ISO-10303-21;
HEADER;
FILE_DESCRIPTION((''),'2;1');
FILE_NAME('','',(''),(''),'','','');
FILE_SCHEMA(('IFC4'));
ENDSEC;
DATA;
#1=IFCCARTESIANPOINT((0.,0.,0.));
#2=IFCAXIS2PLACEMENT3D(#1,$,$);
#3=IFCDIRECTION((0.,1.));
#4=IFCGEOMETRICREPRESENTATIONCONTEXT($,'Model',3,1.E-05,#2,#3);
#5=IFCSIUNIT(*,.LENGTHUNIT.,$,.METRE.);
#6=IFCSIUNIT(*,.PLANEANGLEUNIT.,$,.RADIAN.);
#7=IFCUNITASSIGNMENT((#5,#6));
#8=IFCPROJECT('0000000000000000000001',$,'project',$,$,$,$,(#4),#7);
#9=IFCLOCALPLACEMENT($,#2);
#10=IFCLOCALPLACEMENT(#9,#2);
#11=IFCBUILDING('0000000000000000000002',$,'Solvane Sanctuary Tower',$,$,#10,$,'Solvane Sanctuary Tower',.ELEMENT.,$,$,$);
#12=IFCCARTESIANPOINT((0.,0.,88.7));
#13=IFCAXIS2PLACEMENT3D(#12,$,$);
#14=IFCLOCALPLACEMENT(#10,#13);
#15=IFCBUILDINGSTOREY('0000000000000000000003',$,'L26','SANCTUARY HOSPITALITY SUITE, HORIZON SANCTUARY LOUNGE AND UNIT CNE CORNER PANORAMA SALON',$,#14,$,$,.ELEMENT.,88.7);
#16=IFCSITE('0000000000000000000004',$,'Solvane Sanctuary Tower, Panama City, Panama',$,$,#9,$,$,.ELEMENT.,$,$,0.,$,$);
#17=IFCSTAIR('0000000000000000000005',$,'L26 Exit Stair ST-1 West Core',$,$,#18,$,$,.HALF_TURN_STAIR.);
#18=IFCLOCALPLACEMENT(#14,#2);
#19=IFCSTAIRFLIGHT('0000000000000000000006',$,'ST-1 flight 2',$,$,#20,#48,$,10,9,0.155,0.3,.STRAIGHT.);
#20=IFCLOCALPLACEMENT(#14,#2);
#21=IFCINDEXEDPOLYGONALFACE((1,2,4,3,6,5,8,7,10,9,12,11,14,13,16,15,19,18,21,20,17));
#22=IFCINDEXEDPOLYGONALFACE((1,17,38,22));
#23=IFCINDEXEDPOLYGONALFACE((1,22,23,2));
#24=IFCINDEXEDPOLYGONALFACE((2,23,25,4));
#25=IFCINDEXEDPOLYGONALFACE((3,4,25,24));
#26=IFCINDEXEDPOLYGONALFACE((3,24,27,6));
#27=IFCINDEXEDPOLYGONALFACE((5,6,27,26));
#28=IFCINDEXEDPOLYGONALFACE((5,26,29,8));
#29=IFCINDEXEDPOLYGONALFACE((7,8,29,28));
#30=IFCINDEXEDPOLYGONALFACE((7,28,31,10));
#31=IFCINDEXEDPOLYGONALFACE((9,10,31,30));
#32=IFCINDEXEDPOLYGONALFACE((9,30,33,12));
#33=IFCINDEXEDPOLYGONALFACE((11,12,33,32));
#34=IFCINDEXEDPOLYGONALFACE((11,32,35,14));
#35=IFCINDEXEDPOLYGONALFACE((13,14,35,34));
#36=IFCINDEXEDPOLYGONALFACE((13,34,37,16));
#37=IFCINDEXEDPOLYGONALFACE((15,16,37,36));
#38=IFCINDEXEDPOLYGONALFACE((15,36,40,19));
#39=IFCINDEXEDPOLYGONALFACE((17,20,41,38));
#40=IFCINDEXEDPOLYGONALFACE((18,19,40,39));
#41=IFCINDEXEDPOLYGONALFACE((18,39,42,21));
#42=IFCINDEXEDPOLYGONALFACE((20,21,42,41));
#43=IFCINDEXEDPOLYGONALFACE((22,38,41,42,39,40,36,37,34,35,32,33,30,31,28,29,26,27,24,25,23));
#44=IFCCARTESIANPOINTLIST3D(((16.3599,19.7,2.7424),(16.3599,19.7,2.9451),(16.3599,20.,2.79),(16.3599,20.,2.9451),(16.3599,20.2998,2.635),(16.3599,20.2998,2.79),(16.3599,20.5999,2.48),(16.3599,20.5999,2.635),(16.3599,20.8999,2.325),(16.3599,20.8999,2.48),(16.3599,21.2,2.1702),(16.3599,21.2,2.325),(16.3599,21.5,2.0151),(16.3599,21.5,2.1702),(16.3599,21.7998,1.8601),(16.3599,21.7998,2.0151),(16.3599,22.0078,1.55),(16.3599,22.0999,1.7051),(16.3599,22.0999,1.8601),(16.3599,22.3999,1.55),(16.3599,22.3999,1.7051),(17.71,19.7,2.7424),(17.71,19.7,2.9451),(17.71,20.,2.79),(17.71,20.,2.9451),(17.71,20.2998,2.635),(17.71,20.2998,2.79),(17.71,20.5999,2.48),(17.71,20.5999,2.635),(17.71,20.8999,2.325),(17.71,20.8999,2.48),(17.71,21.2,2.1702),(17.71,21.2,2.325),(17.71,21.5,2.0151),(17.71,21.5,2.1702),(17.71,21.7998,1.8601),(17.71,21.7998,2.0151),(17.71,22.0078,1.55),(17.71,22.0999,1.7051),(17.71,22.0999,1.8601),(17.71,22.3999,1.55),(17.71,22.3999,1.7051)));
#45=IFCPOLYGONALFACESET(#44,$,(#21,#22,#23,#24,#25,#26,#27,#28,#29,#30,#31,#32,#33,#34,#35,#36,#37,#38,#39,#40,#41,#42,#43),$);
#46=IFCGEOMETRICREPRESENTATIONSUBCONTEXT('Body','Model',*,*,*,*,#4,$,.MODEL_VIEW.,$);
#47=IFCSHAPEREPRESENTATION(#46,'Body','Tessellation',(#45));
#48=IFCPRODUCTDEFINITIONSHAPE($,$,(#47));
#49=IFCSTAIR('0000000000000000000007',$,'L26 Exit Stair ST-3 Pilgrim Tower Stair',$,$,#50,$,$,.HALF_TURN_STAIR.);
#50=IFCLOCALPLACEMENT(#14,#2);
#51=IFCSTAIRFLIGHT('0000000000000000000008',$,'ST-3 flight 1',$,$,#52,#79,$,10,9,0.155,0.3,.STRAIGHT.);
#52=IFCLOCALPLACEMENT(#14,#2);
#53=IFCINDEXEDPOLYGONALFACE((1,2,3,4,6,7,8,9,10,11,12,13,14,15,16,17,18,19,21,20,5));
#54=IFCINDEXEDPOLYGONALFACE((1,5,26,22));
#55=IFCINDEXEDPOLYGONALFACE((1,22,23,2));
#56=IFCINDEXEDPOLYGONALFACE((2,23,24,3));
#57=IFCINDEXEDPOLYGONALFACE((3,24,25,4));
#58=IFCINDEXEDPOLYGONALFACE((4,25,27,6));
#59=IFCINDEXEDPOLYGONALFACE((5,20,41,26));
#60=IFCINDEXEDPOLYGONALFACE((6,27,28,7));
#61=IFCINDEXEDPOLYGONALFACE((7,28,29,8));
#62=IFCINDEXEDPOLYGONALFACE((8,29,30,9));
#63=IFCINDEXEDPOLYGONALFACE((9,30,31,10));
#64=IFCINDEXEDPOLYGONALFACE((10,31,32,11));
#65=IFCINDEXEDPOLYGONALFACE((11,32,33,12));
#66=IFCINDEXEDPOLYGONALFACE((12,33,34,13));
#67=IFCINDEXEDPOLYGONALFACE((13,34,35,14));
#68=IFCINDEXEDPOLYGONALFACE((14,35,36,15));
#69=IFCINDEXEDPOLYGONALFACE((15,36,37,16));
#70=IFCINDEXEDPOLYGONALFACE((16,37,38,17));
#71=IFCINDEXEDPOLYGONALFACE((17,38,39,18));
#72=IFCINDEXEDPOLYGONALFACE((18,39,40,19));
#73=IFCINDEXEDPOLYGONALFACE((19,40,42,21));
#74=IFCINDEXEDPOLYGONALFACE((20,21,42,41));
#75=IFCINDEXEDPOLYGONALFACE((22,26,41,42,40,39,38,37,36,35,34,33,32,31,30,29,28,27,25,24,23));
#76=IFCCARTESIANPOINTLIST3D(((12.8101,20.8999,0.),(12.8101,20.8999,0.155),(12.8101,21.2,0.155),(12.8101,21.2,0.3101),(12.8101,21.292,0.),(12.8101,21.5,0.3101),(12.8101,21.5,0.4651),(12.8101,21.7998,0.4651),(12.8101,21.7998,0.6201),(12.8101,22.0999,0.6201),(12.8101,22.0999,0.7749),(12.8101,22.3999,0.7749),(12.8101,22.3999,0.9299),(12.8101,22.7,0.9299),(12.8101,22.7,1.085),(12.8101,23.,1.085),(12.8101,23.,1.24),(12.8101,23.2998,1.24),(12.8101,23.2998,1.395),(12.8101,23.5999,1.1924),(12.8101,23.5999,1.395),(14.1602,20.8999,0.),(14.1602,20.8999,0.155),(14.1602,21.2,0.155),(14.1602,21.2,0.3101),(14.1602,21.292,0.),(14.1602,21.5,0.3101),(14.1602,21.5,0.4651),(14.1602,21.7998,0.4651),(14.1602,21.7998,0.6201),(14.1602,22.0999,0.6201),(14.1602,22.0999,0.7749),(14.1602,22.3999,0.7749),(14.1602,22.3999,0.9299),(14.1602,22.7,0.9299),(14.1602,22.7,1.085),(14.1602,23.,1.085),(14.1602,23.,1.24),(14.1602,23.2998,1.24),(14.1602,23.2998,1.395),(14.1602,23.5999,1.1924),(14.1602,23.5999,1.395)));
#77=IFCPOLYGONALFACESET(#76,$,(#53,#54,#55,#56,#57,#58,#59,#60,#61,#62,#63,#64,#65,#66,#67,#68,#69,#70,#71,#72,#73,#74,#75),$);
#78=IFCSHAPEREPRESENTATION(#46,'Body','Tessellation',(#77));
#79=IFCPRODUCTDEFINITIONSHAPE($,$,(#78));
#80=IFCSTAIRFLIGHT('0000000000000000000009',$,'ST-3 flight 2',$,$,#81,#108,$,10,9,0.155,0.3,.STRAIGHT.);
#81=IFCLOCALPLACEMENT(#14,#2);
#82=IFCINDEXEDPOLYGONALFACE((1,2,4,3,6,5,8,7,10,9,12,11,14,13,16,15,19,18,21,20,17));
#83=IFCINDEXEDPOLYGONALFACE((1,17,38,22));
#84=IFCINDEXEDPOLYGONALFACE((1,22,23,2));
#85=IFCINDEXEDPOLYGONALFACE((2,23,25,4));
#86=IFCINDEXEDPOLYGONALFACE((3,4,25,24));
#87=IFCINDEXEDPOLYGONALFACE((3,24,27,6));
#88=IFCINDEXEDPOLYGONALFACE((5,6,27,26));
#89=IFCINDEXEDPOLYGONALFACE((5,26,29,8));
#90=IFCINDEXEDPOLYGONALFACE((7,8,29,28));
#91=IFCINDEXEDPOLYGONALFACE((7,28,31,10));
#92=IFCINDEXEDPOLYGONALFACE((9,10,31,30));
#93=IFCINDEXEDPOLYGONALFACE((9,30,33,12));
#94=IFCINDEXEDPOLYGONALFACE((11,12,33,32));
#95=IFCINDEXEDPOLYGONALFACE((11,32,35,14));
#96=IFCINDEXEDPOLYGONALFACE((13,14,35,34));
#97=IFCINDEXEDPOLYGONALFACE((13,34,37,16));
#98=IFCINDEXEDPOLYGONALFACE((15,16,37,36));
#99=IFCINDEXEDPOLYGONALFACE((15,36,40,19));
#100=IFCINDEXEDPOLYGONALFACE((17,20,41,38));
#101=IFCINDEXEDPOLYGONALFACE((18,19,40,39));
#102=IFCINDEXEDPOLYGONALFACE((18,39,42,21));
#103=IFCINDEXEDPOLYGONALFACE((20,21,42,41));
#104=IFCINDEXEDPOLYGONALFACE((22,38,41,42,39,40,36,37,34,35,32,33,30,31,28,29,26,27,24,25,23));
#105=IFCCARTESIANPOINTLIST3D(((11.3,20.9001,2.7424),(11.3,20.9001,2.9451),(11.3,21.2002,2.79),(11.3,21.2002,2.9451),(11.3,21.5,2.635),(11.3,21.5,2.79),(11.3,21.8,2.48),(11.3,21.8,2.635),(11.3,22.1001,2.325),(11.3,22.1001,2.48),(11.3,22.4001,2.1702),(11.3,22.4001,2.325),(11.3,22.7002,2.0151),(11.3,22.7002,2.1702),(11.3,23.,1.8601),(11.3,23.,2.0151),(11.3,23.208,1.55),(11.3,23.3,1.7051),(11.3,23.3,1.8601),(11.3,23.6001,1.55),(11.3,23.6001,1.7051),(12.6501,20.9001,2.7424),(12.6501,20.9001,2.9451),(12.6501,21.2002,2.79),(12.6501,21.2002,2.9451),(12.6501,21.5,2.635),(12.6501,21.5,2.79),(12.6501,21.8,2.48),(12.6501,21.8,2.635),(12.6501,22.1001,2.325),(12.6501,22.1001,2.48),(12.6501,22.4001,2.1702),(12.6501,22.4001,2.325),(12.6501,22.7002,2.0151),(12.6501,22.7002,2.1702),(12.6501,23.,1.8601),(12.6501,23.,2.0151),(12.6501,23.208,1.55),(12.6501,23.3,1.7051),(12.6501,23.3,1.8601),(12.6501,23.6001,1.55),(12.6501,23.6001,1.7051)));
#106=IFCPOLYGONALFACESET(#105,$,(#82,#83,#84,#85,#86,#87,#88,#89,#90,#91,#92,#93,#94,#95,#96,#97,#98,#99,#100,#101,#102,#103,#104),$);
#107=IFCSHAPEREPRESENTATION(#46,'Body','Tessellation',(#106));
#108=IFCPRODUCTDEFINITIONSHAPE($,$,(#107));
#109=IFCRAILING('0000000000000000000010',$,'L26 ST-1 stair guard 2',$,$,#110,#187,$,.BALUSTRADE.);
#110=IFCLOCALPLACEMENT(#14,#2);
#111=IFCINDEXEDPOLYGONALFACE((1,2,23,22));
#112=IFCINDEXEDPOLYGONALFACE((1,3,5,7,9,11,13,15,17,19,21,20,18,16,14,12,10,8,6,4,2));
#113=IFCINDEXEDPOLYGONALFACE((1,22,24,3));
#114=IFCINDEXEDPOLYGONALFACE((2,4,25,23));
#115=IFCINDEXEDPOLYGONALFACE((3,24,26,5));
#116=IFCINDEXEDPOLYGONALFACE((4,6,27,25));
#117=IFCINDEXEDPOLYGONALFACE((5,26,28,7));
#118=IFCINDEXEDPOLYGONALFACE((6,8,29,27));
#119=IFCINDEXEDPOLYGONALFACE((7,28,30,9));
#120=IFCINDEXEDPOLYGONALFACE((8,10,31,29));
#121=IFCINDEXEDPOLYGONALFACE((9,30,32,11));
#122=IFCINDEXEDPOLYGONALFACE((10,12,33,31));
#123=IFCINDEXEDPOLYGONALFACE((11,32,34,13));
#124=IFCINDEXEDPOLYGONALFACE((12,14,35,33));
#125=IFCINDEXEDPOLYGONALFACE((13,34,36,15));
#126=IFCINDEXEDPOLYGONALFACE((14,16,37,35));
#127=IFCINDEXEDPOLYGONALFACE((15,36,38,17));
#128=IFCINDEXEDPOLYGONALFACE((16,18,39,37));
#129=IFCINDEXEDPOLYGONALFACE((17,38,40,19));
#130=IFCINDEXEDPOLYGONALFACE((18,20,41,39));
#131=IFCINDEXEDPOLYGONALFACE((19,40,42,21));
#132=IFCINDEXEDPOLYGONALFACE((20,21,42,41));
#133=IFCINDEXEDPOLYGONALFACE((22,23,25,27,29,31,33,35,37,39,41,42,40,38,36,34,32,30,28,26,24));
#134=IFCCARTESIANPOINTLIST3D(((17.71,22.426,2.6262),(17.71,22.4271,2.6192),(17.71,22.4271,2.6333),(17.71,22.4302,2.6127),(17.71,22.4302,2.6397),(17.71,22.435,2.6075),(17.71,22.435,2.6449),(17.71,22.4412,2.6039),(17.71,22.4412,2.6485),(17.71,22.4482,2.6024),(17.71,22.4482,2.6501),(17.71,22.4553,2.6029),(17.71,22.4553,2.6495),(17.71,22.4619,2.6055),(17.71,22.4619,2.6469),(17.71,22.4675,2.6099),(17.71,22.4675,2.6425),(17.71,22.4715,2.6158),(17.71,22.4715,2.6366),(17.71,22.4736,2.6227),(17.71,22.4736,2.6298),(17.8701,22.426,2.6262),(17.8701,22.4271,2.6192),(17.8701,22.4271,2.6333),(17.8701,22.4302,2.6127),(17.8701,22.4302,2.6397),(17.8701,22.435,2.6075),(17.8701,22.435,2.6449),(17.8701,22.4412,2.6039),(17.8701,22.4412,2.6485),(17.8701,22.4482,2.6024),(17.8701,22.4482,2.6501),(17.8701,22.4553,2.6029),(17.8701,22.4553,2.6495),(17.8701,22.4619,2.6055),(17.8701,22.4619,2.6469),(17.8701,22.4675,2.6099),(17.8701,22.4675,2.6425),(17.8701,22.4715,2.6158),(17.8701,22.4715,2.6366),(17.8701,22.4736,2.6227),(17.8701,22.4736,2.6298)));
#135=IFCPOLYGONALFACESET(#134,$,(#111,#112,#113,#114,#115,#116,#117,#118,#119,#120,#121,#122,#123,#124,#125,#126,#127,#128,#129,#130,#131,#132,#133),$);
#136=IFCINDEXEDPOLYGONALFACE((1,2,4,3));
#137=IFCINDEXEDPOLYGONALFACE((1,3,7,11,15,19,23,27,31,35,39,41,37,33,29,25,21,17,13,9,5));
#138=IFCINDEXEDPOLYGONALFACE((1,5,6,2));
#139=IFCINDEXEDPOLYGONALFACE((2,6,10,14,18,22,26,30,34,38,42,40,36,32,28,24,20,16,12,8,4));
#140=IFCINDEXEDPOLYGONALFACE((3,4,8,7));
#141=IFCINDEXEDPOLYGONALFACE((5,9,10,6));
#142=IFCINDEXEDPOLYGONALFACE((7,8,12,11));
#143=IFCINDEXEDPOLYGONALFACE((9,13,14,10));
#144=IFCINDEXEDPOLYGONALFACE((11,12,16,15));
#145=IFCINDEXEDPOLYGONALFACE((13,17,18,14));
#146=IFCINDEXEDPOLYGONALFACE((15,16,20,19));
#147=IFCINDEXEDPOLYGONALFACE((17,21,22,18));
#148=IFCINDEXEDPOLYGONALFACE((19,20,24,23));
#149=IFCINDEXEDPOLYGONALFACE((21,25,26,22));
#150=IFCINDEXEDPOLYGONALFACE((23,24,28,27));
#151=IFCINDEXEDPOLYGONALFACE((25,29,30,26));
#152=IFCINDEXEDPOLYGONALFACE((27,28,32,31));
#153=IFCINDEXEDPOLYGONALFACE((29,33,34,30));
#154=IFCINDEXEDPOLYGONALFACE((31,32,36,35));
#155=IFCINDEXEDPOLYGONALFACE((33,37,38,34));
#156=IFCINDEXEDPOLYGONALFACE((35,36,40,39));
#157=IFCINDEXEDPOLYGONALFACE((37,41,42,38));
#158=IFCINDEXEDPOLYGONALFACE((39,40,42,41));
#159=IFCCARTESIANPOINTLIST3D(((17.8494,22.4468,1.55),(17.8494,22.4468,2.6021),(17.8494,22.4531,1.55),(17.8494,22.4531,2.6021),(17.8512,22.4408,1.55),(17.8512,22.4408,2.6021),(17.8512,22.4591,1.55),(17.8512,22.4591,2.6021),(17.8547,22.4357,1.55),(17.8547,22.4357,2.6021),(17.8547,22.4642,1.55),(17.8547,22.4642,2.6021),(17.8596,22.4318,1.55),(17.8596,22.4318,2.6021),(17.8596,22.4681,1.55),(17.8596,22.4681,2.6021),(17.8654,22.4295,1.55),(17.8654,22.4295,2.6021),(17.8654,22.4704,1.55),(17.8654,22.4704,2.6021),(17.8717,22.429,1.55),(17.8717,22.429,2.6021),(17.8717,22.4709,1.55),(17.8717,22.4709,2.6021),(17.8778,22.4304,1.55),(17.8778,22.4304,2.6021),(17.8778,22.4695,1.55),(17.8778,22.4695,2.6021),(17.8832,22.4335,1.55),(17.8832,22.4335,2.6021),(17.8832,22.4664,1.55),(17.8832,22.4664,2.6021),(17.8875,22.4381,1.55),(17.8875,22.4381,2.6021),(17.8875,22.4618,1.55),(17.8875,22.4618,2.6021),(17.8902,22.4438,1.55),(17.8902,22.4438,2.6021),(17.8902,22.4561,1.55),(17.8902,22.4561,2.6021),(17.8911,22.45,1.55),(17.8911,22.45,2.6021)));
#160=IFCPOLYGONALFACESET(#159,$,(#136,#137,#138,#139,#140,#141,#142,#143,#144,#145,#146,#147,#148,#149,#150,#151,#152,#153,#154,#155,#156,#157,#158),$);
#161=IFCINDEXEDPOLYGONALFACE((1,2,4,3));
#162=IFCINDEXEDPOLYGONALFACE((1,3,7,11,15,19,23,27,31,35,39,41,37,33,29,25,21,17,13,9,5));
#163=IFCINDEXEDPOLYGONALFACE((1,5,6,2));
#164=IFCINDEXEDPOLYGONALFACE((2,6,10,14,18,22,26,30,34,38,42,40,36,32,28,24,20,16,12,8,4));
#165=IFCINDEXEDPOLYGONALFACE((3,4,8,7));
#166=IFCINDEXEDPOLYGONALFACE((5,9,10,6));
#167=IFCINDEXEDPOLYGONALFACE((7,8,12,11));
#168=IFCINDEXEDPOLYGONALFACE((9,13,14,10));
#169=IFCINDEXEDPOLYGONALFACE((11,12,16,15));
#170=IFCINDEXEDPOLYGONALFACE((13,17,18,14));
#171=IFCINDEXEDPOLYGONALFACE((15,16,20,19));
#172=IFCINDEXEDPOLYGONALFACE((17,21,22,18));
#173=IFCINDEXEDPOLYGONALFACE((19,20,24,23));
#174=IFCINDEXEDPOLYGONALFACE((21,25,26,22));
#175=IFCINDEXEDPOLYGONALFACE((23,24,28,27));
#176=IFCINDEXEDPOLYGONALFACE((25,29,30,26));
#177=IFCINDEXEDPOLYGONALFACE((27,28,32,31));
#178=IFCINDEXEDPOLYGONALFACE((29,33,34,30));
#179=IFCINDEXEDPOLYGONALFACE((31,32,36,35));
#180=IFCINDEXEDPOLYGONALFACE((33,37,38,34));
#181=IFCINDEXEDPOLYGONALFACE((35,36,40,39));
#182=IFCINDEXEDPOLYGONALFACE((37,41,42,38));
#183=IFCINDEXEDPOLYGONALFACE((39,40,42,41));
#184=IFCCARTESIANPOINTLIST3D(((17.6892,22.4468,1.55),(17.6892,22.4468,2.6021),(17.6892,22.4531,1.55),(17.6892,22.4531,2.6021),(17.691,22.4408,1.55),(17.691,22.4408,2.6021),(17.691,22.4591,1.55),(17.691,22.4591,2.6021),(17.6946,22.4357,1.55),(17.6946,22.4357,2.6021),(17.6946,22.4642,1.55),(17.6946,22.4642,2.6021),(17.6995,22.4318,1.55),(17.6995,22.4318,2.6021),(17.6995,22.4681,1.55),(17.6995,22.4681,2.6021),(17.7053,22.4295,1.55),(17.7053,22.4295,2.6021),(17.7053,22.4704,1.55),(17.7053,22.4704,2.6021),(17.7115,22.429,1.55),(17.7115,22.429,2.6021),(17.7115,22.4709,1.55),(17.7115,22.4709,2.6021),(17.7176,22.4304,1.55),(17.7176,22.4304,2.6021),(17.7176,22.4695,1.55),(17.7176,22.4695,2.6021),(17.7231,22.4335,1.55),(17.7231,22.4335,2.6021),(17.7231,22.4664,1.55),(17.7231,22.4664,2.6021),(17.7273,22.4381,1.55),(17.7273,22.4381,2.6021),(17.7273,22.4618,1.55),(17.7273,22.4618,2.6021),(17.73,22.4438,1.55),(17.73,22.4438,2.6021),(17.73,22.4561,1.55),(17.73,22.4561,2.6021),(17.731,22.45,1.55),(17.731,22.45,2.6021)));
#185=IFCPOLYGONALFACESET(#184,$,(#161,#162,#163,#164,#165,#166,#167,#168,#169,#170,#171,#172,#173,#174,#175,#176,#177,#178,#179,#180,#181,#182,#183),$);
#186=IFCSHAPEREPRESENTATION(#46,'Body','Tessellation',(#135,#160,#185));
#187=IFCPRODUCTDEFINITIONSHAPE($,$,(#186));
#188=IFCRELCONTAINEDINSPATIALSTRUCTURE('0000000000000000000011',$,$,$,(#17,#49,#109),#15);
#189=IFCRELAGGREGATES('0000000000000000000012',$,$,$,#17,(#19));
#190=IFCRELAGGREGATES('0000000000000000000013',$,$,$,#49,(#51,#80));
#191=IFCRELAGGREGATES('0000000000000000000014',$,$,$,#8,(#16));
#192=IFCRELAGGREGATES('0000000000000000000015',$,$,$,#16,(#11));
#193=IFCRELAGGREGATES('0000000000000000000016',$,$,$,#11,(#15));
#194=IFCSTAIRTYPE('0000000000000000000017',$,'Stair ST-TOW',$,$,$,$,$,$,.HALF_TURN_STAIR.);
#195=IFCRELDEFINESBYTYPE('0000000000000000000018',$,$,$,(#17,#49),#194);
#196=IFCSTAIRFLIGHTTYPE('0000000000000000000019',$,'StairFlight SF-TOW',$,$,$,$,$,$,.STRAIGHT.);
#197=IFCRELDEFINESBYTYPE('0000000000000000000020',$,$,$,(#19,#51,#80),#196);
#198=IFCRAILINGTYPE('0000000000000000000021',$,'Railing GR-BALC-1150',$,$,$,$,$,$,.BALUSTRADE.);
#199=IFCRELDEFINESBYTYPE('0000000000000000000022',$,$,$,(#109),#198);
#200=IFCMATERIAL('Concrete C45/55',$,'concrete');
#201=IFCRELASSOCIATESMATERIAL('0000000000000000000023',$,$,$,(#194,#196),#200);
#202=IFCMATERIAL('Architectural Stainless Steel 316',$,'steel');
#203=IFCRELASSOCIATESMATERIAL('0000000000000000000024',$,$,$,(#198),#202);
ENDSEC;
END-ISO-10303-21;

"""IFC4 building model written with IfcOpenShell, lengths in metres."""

from ifc_helpers import new_model, si_unit, direction, frame, origin, origin_2d, place, context, subcontext, project, spatial, polyline, circle, outline, extrude, material, type_object, element, aggregate, save


model = new_model("IFC4")

# Units and contexts
model_context = context("Model", 3, precision=1e-05, world=origin(), true_north=direction((0.0, 1.0)))
body_context = subcontext(model_context, "Body", "Model", "MODEL_VIEW")
ifc_project = project(units=[si_unit("LENGTHUNIT", "METRE"), si_unit("PLANEANGLEUNIT", "RADIAN")], contexts=[model_context])

# Site, building, storey
site_placement = place(None, origin())
site = spatial("IfcSite", under=ifc_project, at=site_placement, Name="Solvane Sanctuary Tower, Panama City, Panama", CompositionType="ELEMENT", RefElevation=0.0)
building_placement = place(site_placement, origin())
building = spatial("IfcBuilding", under=site, at=building_placement, Name="Solvane Sanctuary Tower", LongName="Solvane Sanctuary Tower", CompositionType="ELEMENT")
storey_placement = place(building_placement, frame((0.0, 0.0, 88.7)))
storey = spatial("IfcBuildingStorey", under=building, at=storey_placement, Name="L26", Description="SANCTUARY HOSPITALITY SUITE, HORIZON SANCTUARY LOUNGE AND UNIT CNE CORNER PANORAMA SALON", CompositionType="ELEMENT", Elevation=88.7)

# Shared definitions
ifc_material_1 = material(Name="Architectural Stainless Steel 316", Category="steel")

# Stair, stair flight
ifc_material_2 = material(Name="Concrete C45/55", Category="concrete")
stair_type = type_object("IfcStairType", Name="Stair ST-TOW", PredefinedType="HALF_TURN_STAIR", material=ifc_material_2)
stair_1_placement = place(storey_placement, origin())
stair_1 = element("IfcStair", 1, at=stair_1_placement, inside=storey, type_object=stair_type, Name="L26 Exit Stair ST-1 West Core", PredefinedType="HALF_TURN_STAIR")
stair_flight_type = type_object("IfcStairFlightType", Name="StairFlight SF-TOW", PredefinedType="STRAIGHT", material=ifc_material_2)
stair_flight_1_placement = place(storey_placement, frame((17.0349, 22.3999, 1.55), z_axis=(0.0, 0.0, 1.0), x_axis=(0.0, -1.0, 0.0)))
stair_flight_1 = element("IfcStairFlight", 2, at=stair_flight_1_placement, type_object=stair_flight_type, Name="ST-1 flight 2", NumberOfRisers=10, NumberOfTreads=9, PredefinedType="STRAIGHT", RiserHeight=0.155, TreadLength=0.3, context=body_context, shape_type="SweptSolid", body=[
    extrude(outline(polyline([(0.0, 0.0), (0.0, 0.155), (0.3, 0.155), (0.3, 0.3101), (0.6001, 0.3101), (0.6001, 0.4651), (0.8999, 0.4651), (0.8999, 0.6201), (1.2, 0.6201), (1.2, 0.7749), (1.5, 0.7749), (1.5, 0.9299), (1.8, 0.9299), (1.8, 1.085), (2.1001, 1.085), (2.1001, 1.24), (2.3999, 1.24), (2.3999, 1.395), (2.7, 1.395), (2.7, 1.55), (2.7, 1.1924), (0.3921, 0.0), (0.0, 0.0)])), frame((0.0, 0.675, 0.0), z_axis=(0.0, -1.0, 0.0), x_axis=(1.0, 0.0, 0.0)), (0.0, 0.0, 1.0), 1.3501),
])
aggregate(stair_1, [stair_flight_1])

# Stair, stair flights
stair_2_placement = place(storey_placement, origin())
stair_2 = element("IfcStair", 3, at=stair_2_placement, inside=storey, type_object=stair_type, Name="L26 Exit Stair ST-3 Pilgrim Tower Stair", PredefinedType="HALF_TURN_STAIR")
stair_flight_2_placement = place(storey_placement, frame((13.4851, 20.8999, 0.0), z_axis=(0.0, 0.0, 1.0), x_axis=(0.0, 1.0, 0.0)))
stair_flight_2 = element("IfcStairFlight", 4, at=stair_flight_2_placement, type_object=stair_flight_type, Name="ST-3 flight 1", NumberOfRisers=10, NumberOfTreads=9, PredefinedType="STRAIGHT", RiserHeight=0.155, TreadLength=0.3, context=body_context, shape_type="SweptSolid", body=[
    extrude(outline(polyline([(0.0, 0.0), (0.0, 0.155), (0.3, 0.155), (0.3, 0.3101), (0.6001, 0.3101), (0.6001, 0.4651), (0.8999, 0.4651), (0.8999, 0.6201), (1.2, 0.6201), (1.2, 0.7749), (1.5, 0.7749), (1.5, 0.9299), (1.8, 0.9299), (1.8, 1.085), (2.1001, 1.085), (2.1001, 1.24), (2.3999, 1.24), (2.3999, 1.395), (2.7, 1.395), (2.7, 1.55), (2.7, 1.1924), (0.3921, 0.0), (0.0, 0.0)])), frame((0.0, 0.675, 0.0), z_axis=(0.0, -1.0, 0.0), x_axis=(1.0, 0.0, 0.0)), (0.0, 0.0, 1.0), 1.3501),
])
stair_flight_3_placement = place(storey_placement, frame((11.9751, 23.6001, 1.55), z_axis=(0.0, 0.0, 1.0), x_axis=(0.0, -1.0, 0.0)))
stair_flight_3 = element("IfcStairFlight", 5, at=stair_flight_3_placement, type_object=stair_flight_type, Name="ST-3 flight 2", NumberOfRisers=10, NumberOfTreads=9, PredefinedType="STRAIGHT", RiserHeight=0.155, TreadLength=0.3, context=body_context, shape_type="SweptSolid", body=[
    extrude(outline(polyline([(0.0, 0.0), (0.0, 0.155), (0.3, 0.155), (0.3, 0.3101), (0.6001, 0.3101), (0.6001, 0.4651), (0.8999, 0.4651), (0.8999, 0.6201), (1.2, 0.6201), (1.2, 0.7749), (1.5, 0.7749), (1.5, 0.9299), (1.8, 0.9299), (1.8, 1.085), (2.1001, 1.085), (2.1001, 1.24), (2.3999, 1.24), (2.3999, 1.395), (2.7, 1.395), (2.7, 1.55), (2.7, 1.1924), (0.3921, 0.0), (0.0, 0.0)])), frame((0.0, 0.675, 0.0), z_axis=(0.0, -1.0, 0.0), x_axis=(1.0, 0.0, 0.0)), (0.0, 0.0, 1.0), 1.3501),
])
aggregate(stair_2, [stair_flight_2, stair_flight_3])

# Railing
railing_type_1 = type_object("IfcRailingType", Name="Railing GR-BALC-1150", PredefinedType="BALUSTRADE", material=ifc_material_1)
railing_1_placement = place(storey_placement, frame((17.8701, 22.45, 1.55)))
element("IfcRailing", 6, at=railing_1_placement, inside=storey, type_object=railing_type_1, Name="L26 ST-1 stair guard 2", PredefinedType="BALUSTRADE", context=body_context, shape_type="SweptSolid", body=[
    extrude(circle(Radius=0.0239, at=origin_2d()), frame((0.0, 0.0, 1.0762), z_axis=(-1.0, 0.0, 0.0), x_axis=(0.0, -1.0, 0.0)), (0.0, 0.0, 1.0), 0.1602),
    extrude(circle(Radius=0.021, at=origin_2d()), origin(), (0.0, 0.0, 1.0), 1.052),
    extrude(circle(Radius=0.021, at=origin_2d()), frame((-0.1602, 0.0, 0.0)), (0.0, 0.0, 1.0), 1.052),
])

save(model, "model.ifc")
